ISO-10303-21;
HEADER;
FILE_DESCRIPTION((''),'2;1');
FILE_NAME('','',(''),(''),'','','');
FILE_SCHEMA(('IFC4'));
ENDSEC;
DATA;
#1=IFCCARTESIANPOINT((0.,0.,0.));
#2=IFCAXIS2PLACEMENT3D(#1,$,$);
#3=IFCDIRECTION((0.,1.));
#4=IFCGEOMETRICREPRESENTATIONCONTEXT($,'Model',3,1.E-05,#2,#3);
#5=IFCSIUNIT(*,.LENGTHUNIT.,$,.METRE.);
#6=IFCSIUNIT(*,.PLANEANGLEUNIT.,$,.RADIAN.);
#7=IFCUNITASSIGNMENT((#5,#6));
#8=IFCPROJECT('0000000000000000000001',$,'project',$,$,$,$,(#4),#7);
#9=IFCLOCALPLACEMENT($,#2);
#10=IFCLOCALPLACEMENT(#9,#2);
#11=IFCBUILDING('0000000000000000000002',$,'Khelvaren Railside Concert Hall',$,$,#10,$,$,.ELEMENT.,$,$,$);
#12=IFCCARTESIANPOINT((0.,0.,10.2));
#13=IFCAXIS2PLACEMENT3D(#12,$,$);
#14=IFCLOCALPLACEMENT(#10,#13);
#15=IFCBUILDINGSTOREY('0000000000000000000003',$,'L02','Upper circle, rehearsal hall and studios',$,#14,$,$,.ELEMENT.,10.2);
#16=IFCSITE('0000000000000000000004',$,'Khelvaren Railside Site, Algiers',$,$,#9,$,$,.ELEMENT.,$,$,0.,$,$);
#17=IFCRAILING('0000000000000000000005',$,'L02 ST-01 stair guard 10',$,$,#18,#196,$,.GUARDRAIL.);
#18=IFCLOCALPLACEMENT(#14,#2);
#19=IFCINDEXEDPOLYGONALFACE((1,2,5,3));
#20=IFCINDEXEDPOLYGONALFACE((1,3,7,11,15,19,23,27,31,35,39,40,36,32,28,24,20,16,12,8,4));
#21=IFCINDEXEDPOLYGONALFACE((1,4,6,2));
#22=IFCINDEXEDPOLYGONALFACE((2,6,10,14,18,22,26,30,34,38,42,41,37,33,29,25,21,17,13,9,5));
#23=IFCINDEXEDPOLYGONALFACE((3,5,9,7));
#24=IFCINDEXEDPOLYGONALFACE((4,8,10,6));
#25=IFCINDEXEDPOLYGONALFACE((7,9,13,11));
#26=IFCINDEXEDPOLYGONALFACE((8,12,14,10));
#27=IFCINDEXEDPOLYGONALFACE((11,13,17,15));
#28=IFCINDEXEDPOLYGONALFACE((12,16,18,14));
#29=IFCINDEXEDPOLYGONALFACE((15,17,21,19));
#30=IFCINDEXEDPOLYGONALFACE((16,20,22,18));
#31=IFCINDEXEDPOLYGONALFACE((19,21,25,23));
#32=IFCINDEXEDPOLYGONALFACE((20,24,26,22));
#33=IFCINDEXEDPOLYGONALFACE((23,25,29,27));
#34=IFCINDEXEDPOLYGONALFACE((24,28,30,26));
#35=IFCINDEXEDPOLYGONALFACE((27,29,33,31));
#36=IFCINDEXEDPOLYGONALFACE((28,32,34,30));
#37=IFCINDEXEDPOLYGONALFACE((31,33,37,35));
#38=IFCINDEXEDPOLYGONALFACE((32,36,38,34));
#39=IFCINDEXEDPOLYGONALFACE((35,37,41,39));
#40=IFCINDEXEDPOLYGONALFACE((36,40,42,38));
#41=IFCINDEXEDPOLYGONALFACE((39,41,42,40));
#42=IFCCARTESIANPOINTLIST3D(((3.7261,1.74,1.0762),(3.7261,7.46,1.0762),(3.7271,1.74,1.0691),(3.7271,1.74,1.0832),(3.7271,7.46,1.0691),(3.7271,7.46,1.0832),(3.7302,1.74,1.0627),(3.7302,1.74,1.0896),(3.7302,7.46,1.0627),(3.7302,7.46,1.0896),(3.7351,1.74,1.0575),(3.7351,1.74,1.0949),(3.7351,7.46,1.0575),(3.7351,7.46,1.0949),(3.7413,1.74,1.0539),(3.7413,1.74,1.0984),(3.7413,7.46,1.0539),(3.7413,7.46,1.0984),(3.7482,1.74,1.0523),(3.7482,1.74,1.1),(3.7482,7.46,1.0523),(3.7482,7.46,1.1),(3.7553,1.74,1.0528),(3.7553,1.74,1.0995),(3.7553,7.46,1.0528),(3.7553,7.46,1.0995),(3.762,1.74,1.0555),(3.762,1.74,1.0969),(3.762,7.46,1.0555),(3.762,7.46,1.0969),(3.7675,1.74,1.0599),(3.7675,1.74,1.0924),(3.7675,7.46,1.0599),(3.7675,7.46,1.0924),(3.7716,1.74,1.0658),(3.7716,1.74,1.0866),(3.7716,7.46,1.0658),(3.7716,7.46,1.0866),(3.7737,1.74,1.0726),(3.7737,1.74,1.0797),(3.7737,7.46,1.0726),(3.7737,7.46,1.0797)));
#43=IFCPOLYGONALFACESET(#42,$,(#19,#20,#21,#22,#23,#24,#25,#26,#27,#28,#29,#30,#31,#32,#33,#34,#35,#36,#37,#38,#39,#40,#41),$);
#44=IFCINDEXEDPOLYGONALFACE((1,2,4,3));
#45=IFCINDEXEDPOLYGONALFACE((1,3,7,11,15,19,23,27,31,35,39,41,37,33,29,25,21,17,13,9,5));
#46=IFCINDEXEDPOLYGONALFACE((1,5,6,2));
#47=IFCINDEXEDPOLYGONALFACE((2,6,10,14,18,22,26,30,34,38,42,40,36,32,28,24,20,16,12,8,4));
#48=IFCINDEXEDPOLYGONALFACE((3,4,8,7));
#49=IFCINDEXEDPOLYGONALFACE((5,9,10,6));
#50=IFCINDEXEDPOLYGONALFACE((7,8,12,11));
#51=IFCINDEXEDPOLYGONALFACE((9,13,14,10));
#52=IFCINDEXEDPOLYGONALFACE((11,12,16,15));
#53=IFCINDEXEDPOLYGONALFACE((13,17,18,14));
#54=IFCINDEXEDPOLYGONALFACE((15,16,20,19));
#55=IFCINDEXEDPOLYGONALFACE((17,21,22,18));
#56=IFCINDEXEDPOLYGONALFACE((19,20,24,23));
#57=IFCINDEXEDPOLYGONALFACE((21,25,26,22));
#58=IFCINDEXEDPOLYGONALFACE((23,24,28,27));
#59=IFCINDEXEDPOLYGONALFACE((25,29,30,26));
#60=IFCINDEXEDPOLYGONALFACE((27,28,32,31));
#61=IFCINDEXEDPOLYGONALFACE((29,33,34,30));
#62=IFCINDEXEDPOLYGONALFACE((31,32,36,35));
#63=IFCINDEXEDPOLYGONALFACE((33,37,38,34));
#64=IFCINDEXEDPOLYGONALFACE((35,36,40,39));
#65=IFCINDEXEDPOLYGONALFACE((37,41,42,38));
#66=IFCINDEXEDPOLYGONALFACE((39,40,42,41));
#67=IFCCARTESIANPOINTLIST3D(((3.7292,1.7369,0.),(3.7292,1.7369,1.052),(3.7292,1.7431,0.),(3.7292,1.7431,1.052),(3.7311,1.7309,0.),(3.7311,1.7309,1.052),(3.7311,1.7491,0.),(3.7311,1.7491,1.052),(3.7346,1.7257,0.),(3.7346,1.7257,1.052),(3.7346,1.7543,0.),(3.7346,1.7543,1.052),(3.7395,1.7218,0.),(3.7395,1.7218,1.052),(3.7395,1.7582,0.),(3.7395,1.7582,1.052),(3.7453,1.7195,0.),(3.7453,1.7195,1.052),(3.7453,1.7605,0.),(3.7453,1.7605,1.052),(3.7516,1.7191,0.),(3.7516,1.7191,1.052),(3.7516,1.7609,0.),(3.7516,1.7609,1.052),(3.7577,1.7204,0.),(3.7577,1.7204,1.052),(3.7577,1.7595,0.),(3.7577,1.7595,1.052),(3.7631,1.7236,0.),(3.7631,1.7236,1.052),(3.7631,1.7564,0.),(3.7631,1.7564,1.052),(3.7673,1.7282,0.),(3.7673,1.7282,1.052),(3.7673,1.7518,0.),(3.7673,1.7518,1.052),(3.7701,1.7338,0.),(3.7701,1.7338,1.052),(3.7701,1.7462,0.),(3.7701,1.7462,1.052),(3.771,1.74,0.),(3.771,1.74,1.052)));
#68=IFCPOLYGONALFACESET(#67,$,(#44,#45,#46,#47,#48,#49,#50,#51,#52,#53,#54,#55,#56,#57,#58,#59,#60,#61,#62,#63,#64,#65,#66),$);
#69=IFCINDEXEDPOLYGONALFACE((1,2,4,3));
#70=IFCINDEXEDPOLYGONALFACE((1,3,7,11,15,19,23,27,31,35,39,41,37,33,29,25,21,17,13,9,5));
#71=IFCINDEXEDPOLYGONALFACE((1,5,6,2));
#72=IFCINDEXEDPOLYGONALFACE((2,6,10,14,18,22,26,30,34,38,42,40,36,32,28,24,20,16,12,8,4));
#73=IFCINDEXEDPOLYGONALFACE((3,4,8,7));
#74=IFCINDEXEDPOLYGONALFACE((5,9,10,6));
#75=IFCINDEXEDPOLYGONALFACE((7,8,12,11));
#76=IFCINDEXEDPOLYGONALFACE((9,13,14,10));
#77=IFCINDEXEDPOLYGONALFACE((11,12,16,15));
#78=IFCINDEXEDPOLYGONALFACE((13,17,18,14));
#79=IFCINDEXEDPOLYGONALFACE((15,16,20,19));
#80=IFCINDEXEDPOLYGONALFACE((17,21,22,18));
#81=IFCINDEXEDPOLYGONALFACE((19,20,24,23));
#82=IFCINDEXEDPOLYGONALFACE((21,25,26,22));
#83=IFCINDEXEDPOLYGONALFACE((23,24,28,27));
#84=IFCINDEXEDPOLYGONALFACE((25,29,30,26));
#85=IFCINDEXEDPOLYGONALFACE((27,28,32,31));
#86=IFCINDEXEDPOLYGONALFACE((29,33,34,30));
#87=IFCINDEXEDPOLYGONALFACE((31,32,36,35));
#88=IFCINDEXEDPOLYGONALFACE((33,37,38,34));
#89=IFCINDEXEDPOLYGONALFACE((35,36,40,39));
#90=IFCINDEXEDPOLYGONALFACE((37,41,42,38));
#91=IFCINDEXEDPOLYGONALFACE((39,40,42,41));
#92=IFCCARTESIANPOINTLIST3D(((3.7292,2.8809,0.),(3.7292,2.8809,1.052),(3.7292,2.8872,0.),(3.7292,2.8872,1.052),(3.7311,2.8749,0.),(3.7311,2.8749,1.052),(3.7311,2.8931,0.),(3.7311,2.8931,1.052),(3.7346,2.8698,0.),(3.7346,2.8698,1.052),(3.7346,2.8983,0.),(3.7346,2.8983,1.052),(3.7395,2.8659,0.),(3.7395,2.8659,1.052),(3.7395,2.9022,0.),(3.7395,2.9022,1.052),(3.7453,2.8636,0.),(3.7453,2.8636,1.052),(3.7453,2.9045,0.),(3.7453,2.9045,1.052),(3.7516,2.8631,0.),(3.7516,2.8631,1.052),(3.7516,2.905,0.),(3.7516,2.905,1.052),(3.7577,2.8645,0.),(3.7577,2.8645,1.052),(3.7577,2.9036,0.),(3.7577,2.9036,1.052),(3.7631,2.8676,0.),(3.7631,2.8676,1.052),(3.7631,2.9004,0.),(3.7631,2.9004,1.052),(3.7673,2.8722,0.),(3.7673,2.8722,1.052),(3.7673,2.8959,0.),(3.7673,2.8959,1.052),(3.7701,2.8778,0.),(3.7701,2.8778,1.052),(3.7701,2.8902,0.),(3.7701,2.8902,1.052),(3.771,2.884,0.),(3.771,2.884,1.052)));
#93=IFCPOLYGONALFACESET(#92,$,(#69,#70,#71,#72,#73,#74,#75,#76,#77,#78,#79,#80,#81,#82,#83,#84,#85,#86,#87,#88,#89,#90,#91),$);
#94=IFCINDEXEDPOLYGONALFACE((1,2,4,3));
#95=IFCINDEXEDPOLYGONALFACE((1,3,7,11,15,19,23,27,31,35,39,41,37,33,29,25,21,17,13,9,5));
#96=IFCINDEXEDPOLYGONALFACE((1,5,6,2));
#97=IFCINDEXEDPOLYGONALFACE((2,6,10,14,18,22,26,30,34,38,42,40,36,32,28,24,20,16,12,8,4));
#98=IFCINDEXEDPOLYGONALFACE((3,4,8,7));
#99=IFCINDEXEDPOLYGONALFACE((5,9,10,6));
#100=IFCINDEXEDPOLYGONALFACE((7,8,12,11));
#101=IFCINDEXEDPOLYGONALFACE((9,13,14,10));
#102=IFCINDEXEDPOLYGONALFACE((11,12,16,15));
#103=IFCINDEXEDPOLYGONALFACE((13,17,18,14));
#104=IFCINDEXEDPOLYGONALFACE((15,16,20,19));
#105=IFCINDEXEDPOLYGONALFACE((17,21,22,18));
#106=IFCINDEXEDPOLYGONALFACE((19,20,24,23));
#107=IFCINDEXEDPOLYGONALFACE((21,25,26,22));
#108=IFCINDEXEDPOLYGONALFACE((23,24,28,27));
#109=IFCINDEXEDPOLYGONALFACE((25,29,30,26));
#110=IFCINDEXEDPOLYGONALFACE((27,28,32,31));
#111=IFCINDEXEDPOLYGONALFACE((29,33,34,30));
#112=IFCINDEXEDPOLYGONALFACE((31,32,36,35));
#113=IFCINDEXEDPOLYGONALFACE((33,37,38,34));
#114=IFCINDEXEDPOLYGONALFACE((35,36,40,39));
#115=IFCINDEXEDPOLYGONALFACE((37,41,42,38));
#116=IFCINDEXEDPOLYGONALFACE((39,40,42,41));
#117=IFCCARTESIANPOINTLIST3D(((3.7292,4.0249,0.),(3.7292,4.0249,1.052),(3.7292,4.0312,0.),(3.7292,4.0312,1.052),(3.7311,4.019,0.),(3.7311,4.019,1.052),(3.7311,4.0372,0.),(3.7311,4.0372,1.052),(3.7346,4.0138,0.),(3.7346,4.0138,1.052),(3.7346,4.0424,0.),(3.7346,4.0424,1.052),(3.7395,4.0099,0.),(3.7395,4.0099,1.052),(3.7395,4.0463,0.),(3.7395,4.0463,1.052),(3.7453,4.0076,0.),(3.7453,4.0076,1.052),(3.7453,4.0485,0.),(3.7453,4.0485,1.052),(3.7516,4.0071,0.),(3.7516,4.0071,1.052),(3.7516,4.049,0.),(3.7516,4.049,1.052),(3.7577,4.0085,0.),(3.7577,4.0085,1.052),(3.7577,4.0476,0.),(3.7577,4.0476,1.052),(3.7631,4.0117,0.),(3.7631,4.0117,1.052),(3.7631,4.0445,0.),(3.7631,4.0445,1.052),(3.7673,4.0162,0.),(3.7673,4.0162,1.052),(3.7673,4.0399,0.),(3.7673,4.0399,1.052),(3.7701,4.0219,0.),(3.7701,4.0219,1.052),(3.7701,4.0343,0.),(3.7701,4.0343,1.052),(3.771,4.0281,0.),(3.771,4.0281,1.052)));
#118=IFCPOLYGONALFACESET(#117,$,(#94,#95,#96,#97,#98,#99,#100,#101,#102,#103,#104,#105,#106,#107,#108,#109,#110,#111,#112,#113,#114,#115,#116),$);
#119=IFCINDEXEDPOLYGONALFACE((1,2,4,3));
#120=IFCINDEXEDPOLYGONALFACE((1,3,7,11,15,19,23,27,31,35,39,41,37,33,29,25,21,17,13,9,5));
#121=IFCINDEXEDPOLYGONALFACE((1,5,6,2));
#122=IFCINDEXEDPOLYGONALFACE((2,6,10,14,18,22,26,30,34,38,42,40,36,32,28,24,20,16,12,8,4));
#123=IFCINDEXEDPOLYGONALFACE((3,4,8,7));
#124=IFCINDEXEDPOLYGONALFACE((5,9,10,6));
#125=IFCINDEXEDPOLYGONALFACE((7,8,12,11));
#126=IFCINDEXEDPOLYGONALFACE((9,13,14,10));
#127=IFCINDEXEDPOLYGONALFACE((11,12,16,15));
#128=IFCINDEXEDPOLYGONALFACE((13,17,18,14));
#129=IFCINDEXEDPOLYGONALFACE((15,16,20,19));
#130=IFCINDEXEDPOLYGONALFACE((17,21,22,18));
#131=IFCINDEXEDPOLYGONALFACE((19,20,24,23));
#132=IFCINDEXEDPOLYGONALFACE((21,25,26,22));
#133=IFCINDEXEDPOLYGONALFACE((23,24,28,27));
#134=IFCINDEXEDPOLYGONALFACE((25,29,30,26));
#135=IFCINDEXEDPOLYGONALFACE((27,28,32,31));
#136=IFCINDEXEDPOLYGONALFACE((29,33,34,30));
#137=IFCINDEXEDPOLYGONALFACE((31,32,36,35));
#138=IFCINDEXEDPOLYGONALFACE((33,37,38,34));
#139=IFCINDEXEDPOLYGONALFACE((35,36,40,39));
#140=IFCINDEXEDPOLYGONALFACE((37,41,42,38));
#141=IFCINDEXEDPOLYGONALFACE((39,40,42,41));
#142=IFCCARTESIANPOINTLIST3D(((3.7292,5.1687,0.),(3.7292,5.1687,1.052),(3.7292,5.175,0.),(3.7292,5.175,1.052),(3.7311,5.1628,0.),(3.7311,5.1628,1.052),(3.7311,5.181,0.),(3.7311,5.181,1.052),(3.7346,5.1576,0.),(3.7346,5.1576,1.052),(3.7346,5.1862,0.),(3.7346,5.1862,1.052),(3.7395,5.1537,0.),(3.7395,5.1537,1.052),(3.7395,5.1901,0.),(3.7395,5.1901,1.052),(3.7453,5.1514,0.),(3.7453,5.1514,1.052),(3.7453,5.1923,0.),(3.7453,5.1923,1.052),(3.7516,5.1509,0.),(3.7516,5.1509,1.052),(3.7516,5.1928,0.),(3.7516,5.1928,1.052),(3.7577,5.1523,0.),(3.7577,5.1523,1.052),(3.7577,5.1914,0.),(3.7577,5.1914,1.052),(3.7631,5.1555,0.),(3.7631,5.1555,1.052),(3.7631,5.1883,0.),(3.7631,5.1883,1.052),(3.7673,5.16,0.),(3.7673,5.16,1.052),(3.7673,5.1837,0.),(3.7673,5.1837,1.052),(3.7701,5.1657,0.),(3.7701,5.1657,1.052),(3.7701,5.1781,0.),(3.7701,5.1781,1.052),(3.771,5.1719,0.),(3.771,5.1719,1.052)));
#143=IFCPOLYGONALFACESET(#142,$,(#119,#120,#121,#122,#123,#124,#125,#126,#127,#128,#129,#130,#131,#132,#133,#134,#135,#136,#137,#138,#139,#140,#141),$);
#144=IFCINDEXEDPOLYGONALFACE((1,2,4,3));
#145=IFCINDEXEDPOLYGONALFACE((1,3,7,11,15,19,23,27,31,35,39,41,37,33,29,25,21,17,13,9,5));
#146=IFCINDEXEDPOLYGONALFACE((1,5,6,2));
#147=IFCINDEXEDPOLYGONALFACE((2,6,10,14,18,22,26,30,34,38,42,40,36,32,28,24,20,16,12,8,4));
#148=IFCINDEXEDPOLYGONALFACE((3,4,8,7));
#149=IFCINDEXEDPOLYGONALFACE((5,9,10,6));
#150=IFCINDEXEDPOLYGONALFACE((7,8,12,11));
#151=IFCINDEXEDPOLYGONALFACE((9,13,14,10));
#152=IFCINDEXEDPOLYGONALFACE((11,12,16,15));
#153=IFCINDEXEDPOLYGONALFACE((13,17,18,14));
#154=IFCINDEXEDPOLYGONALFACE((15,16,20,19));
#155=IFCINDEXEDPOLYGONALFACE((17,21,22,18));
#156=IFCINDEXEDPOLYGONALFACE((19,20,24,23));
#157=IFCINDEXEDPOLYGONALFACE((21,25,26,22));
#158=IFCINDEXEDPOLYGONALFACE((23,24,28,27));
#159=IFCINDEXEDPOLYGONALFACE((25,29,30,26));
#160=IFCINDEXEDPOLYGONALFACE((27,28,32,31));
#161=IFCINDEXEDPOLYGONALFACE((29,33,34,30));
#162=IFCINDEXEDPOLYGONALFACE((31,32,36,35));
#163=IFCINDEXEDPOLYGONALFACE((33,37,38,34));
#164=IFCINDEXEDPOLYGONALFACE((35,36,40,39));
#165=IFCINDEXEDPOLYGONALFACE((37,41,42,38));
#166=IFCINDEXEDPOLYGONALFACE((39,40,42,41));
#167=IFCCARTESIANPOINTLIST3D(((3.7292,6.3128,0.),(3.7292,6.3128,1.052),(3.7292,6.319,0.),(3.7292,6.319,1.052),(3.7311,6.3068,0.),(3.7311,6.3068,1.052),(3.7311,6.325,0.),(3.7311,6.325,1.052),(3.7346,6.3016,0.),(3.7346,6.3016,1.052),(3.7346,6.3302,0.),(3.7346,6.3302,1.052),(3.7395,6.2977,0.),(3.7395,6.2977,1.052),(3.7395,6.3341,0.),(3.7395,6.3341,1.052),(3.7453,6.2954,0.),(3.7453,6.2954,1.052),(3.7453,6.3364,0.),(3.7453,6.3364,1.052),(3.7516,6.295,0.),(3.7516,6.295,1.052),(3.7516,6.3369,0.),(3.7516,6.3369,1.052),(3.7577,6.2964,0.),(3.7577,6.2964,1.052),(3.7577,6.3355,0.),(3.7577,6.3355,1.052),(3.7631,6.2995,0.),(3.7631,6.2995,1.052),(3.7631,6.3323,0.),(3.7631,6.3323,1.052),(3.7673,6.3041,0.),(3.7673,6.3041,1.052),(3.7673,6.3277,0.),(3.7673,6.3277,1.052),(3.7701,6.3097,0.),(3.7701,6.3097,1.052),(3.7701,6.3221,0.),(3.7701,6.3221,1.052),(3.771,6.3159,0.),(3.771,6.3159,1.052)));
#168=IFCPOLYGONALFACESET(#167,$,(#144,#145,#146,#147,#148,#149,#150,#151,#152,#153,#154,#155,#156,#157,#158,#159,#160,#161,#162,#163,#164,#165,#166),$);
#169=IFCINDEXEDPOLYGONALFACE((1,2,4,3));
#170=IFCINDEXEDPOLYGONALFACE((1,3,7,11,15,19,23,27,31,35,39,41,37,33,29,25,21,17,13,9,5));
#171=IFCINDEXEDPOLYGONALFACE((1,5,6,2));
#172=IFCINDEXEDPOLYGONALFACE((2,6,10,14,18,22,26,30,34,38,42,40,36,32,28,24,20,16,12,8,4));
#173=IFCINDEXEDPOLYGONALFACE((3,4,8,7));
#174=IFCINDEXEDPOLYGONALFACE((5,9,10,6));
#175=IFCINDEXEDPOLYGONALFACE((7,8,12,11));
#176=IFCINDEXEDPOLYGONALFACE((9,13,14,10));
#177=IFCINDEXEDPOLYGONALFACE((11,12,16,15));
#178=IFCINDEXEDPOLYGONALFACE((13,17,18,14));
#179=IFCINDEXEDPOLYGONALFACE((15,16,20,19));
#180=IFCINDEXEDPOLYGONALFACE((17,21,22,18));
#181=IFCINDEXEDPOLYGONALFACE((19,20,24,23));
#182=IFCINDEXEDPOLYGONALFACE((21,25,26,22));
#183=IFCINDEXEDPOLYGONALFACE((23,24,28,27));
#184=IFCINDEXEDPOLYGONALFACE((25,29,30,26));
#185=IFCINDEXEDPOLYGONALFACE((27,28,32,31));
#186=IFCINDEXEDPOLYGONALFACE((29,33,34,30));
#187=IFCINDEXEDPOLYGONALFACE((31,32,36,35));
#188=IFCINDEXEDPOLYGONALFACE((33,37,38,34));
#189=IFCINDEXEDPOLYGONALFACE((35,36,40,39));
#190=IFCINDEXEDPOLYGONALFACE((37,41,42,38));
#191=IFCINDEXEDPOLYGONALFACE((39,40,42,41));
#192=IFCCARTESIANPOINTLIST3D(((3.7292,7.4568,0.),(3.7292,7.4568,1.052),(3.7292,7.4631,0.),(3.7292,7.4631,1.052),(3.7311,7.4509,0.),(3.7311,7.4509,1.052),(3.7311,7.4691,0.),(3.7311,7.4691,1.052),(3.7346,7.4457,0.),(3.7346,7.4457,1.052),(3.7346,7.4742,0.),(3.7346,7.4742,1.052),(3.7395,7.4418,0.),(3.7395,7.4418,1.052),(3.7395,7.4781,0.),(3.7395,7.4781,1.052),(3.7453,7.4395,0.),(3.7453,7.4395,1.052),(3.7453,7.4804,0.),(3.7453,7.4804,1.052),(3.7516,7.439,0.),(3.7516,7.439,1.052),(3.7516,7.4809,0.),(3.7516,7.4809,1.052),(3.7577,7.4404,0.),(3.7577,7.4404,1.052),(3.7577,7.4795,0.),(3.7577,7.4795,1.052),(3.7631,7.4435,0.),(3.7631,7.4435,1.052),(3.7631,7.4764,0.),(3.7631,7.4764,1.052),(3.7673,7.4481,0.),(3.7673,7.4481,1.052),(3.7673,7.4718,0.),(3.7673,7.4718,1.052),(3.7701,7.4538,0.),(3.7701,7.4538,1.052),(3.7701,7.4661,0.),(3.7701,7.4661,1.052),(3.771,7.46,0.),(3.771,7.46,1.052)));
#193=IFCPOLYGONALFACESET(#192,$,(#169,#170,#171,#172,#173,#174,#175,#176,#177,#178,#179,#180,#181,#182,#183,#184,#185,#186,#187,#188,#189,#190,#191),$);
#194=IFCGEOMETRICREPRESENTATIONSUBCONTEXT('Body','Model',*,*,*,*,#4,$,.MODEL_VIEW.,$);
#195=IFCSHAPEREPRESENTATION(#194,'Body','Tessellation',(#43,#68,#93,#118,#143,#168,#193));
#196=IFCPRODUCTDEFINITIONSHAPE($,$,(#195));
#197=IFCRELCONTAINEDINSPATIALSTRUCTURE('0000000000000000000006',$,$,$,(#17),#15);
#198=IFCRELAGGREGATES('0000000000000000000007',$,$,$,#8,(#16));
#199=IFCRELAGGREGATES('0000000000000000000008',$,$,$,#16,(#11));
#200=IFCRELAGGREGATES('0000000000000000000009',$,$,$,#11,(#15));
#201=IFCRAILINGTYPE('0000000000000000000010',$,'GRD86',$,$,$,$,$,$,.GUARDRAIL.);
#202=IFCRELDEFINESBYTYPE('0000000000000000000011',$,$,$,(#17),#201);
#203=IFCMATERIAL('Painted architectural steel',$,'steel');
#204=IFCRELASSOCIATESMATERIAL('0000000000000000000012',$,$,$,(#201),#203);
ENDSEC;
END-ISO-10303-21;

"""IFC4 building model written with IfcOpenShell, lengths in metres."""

from ifc_helpers import new_model, si_unit, direction, frame, origin, origin_2d, place, context, subcontext, project, spatial, circle, extrude, material, type_object, element, save


model = new_model("IFC4")

# Units and contexts
model_context = context("Model", 3, precision=1e-05, world=origin(), true_north=direction((0.0, 1.0)))
body_context = subcontext(model_context, "Body", "Model", "MODEL_VIEW")
ifc_project = project(units=[si_unit("LENGTHUNIT", "METRE"), si_unit("PLANEANGLEUNIT", "RADIAN")], contexts=[model_context])

# Site, building, storey
site_placement = place(None, origin())
site = spatial("IfcSite", under=ifc_project, at=site_placement, Name="Khelvaren Railside Site, Algiers", CompositionType="ELEMENT", RefElevation=0.0)
building_placement = place(site_placement, origin())
building = spatial("IfcBuilding", under=site, at=building_placement, Name="Khelvaren Railside Concert Hall", CompositionType="ELEMENT")
storey_placement = place(building_placement, frame((0.0, 0.0, 10.2)))
storey = spatial("IfcBuildingStorey", under=building, at=storey_placement, Name="L02", Description="Upper circle, rehearsal hall and studios", CompositionType="ELEMENT", Elevation=10.2)

# Railing
ifc_material_1 = material(Name="Painted architectural steel", Category="steel")
railing_type_1 = type_object("IfcRailingType", Name="GRD86", PredefinedType="GUARDRAIL", material=ifc_material_1)
railing_1_placement = place(storey_placement, frame((3.75, 1.74, 0.0)))
element("IfcRailing", 1, at=railing_1_placement, inside=storey, type_object=railing_type_1, Name="L02 ST-01 stair guard 10", PredefinedType="GUARDRAIL", context=body_context, shape_type="SweptSolid", body=[
    extrude(circle(Radius=0.0239, at=origin_2d()), frame((0.0, 0.0, 1.0762), z_axis=(0.0, 1.0, 0.0), x_axis=(-1.0, 0.0, 0.0)), (0.0, 0.0, 1.0), 5.72),
    extrude(circle(Radius=0.021, at=origin_2d()), origin(), (0.0, 0.0, 1.0), 1.052),
    extrude(circle(Radius=0.021, at=origin_2d()), frame((0.0, 1.144, 0.0)), (0.0, 0.0, 1.0), 1.052),
    extrude(circle(Radius=0.021, at=origin_2d()), frame((0.0, 2.2881, 0.0)), (0.0, 0.0, 1.0), 1.052),
    extrude(circle(Radius=0.021, at=origin_2d()), frame((0.0, 3.4319, 0.0)), (0.0, 0.0, 1.0), 1.052),
    extrude(circle(Radius=0.021, at=origin_2d()), frame((0.0, 4.5759, 0.0)), (0.0, 0.0, 1.0), 1.052),
    extrude(circle(Radius=0.021, at=origin_2d()), frame((0.0, 5.72, 0.0)), (0.0, 0.0, 1.0), 1.052),
])

save(model, "model.ifc")
